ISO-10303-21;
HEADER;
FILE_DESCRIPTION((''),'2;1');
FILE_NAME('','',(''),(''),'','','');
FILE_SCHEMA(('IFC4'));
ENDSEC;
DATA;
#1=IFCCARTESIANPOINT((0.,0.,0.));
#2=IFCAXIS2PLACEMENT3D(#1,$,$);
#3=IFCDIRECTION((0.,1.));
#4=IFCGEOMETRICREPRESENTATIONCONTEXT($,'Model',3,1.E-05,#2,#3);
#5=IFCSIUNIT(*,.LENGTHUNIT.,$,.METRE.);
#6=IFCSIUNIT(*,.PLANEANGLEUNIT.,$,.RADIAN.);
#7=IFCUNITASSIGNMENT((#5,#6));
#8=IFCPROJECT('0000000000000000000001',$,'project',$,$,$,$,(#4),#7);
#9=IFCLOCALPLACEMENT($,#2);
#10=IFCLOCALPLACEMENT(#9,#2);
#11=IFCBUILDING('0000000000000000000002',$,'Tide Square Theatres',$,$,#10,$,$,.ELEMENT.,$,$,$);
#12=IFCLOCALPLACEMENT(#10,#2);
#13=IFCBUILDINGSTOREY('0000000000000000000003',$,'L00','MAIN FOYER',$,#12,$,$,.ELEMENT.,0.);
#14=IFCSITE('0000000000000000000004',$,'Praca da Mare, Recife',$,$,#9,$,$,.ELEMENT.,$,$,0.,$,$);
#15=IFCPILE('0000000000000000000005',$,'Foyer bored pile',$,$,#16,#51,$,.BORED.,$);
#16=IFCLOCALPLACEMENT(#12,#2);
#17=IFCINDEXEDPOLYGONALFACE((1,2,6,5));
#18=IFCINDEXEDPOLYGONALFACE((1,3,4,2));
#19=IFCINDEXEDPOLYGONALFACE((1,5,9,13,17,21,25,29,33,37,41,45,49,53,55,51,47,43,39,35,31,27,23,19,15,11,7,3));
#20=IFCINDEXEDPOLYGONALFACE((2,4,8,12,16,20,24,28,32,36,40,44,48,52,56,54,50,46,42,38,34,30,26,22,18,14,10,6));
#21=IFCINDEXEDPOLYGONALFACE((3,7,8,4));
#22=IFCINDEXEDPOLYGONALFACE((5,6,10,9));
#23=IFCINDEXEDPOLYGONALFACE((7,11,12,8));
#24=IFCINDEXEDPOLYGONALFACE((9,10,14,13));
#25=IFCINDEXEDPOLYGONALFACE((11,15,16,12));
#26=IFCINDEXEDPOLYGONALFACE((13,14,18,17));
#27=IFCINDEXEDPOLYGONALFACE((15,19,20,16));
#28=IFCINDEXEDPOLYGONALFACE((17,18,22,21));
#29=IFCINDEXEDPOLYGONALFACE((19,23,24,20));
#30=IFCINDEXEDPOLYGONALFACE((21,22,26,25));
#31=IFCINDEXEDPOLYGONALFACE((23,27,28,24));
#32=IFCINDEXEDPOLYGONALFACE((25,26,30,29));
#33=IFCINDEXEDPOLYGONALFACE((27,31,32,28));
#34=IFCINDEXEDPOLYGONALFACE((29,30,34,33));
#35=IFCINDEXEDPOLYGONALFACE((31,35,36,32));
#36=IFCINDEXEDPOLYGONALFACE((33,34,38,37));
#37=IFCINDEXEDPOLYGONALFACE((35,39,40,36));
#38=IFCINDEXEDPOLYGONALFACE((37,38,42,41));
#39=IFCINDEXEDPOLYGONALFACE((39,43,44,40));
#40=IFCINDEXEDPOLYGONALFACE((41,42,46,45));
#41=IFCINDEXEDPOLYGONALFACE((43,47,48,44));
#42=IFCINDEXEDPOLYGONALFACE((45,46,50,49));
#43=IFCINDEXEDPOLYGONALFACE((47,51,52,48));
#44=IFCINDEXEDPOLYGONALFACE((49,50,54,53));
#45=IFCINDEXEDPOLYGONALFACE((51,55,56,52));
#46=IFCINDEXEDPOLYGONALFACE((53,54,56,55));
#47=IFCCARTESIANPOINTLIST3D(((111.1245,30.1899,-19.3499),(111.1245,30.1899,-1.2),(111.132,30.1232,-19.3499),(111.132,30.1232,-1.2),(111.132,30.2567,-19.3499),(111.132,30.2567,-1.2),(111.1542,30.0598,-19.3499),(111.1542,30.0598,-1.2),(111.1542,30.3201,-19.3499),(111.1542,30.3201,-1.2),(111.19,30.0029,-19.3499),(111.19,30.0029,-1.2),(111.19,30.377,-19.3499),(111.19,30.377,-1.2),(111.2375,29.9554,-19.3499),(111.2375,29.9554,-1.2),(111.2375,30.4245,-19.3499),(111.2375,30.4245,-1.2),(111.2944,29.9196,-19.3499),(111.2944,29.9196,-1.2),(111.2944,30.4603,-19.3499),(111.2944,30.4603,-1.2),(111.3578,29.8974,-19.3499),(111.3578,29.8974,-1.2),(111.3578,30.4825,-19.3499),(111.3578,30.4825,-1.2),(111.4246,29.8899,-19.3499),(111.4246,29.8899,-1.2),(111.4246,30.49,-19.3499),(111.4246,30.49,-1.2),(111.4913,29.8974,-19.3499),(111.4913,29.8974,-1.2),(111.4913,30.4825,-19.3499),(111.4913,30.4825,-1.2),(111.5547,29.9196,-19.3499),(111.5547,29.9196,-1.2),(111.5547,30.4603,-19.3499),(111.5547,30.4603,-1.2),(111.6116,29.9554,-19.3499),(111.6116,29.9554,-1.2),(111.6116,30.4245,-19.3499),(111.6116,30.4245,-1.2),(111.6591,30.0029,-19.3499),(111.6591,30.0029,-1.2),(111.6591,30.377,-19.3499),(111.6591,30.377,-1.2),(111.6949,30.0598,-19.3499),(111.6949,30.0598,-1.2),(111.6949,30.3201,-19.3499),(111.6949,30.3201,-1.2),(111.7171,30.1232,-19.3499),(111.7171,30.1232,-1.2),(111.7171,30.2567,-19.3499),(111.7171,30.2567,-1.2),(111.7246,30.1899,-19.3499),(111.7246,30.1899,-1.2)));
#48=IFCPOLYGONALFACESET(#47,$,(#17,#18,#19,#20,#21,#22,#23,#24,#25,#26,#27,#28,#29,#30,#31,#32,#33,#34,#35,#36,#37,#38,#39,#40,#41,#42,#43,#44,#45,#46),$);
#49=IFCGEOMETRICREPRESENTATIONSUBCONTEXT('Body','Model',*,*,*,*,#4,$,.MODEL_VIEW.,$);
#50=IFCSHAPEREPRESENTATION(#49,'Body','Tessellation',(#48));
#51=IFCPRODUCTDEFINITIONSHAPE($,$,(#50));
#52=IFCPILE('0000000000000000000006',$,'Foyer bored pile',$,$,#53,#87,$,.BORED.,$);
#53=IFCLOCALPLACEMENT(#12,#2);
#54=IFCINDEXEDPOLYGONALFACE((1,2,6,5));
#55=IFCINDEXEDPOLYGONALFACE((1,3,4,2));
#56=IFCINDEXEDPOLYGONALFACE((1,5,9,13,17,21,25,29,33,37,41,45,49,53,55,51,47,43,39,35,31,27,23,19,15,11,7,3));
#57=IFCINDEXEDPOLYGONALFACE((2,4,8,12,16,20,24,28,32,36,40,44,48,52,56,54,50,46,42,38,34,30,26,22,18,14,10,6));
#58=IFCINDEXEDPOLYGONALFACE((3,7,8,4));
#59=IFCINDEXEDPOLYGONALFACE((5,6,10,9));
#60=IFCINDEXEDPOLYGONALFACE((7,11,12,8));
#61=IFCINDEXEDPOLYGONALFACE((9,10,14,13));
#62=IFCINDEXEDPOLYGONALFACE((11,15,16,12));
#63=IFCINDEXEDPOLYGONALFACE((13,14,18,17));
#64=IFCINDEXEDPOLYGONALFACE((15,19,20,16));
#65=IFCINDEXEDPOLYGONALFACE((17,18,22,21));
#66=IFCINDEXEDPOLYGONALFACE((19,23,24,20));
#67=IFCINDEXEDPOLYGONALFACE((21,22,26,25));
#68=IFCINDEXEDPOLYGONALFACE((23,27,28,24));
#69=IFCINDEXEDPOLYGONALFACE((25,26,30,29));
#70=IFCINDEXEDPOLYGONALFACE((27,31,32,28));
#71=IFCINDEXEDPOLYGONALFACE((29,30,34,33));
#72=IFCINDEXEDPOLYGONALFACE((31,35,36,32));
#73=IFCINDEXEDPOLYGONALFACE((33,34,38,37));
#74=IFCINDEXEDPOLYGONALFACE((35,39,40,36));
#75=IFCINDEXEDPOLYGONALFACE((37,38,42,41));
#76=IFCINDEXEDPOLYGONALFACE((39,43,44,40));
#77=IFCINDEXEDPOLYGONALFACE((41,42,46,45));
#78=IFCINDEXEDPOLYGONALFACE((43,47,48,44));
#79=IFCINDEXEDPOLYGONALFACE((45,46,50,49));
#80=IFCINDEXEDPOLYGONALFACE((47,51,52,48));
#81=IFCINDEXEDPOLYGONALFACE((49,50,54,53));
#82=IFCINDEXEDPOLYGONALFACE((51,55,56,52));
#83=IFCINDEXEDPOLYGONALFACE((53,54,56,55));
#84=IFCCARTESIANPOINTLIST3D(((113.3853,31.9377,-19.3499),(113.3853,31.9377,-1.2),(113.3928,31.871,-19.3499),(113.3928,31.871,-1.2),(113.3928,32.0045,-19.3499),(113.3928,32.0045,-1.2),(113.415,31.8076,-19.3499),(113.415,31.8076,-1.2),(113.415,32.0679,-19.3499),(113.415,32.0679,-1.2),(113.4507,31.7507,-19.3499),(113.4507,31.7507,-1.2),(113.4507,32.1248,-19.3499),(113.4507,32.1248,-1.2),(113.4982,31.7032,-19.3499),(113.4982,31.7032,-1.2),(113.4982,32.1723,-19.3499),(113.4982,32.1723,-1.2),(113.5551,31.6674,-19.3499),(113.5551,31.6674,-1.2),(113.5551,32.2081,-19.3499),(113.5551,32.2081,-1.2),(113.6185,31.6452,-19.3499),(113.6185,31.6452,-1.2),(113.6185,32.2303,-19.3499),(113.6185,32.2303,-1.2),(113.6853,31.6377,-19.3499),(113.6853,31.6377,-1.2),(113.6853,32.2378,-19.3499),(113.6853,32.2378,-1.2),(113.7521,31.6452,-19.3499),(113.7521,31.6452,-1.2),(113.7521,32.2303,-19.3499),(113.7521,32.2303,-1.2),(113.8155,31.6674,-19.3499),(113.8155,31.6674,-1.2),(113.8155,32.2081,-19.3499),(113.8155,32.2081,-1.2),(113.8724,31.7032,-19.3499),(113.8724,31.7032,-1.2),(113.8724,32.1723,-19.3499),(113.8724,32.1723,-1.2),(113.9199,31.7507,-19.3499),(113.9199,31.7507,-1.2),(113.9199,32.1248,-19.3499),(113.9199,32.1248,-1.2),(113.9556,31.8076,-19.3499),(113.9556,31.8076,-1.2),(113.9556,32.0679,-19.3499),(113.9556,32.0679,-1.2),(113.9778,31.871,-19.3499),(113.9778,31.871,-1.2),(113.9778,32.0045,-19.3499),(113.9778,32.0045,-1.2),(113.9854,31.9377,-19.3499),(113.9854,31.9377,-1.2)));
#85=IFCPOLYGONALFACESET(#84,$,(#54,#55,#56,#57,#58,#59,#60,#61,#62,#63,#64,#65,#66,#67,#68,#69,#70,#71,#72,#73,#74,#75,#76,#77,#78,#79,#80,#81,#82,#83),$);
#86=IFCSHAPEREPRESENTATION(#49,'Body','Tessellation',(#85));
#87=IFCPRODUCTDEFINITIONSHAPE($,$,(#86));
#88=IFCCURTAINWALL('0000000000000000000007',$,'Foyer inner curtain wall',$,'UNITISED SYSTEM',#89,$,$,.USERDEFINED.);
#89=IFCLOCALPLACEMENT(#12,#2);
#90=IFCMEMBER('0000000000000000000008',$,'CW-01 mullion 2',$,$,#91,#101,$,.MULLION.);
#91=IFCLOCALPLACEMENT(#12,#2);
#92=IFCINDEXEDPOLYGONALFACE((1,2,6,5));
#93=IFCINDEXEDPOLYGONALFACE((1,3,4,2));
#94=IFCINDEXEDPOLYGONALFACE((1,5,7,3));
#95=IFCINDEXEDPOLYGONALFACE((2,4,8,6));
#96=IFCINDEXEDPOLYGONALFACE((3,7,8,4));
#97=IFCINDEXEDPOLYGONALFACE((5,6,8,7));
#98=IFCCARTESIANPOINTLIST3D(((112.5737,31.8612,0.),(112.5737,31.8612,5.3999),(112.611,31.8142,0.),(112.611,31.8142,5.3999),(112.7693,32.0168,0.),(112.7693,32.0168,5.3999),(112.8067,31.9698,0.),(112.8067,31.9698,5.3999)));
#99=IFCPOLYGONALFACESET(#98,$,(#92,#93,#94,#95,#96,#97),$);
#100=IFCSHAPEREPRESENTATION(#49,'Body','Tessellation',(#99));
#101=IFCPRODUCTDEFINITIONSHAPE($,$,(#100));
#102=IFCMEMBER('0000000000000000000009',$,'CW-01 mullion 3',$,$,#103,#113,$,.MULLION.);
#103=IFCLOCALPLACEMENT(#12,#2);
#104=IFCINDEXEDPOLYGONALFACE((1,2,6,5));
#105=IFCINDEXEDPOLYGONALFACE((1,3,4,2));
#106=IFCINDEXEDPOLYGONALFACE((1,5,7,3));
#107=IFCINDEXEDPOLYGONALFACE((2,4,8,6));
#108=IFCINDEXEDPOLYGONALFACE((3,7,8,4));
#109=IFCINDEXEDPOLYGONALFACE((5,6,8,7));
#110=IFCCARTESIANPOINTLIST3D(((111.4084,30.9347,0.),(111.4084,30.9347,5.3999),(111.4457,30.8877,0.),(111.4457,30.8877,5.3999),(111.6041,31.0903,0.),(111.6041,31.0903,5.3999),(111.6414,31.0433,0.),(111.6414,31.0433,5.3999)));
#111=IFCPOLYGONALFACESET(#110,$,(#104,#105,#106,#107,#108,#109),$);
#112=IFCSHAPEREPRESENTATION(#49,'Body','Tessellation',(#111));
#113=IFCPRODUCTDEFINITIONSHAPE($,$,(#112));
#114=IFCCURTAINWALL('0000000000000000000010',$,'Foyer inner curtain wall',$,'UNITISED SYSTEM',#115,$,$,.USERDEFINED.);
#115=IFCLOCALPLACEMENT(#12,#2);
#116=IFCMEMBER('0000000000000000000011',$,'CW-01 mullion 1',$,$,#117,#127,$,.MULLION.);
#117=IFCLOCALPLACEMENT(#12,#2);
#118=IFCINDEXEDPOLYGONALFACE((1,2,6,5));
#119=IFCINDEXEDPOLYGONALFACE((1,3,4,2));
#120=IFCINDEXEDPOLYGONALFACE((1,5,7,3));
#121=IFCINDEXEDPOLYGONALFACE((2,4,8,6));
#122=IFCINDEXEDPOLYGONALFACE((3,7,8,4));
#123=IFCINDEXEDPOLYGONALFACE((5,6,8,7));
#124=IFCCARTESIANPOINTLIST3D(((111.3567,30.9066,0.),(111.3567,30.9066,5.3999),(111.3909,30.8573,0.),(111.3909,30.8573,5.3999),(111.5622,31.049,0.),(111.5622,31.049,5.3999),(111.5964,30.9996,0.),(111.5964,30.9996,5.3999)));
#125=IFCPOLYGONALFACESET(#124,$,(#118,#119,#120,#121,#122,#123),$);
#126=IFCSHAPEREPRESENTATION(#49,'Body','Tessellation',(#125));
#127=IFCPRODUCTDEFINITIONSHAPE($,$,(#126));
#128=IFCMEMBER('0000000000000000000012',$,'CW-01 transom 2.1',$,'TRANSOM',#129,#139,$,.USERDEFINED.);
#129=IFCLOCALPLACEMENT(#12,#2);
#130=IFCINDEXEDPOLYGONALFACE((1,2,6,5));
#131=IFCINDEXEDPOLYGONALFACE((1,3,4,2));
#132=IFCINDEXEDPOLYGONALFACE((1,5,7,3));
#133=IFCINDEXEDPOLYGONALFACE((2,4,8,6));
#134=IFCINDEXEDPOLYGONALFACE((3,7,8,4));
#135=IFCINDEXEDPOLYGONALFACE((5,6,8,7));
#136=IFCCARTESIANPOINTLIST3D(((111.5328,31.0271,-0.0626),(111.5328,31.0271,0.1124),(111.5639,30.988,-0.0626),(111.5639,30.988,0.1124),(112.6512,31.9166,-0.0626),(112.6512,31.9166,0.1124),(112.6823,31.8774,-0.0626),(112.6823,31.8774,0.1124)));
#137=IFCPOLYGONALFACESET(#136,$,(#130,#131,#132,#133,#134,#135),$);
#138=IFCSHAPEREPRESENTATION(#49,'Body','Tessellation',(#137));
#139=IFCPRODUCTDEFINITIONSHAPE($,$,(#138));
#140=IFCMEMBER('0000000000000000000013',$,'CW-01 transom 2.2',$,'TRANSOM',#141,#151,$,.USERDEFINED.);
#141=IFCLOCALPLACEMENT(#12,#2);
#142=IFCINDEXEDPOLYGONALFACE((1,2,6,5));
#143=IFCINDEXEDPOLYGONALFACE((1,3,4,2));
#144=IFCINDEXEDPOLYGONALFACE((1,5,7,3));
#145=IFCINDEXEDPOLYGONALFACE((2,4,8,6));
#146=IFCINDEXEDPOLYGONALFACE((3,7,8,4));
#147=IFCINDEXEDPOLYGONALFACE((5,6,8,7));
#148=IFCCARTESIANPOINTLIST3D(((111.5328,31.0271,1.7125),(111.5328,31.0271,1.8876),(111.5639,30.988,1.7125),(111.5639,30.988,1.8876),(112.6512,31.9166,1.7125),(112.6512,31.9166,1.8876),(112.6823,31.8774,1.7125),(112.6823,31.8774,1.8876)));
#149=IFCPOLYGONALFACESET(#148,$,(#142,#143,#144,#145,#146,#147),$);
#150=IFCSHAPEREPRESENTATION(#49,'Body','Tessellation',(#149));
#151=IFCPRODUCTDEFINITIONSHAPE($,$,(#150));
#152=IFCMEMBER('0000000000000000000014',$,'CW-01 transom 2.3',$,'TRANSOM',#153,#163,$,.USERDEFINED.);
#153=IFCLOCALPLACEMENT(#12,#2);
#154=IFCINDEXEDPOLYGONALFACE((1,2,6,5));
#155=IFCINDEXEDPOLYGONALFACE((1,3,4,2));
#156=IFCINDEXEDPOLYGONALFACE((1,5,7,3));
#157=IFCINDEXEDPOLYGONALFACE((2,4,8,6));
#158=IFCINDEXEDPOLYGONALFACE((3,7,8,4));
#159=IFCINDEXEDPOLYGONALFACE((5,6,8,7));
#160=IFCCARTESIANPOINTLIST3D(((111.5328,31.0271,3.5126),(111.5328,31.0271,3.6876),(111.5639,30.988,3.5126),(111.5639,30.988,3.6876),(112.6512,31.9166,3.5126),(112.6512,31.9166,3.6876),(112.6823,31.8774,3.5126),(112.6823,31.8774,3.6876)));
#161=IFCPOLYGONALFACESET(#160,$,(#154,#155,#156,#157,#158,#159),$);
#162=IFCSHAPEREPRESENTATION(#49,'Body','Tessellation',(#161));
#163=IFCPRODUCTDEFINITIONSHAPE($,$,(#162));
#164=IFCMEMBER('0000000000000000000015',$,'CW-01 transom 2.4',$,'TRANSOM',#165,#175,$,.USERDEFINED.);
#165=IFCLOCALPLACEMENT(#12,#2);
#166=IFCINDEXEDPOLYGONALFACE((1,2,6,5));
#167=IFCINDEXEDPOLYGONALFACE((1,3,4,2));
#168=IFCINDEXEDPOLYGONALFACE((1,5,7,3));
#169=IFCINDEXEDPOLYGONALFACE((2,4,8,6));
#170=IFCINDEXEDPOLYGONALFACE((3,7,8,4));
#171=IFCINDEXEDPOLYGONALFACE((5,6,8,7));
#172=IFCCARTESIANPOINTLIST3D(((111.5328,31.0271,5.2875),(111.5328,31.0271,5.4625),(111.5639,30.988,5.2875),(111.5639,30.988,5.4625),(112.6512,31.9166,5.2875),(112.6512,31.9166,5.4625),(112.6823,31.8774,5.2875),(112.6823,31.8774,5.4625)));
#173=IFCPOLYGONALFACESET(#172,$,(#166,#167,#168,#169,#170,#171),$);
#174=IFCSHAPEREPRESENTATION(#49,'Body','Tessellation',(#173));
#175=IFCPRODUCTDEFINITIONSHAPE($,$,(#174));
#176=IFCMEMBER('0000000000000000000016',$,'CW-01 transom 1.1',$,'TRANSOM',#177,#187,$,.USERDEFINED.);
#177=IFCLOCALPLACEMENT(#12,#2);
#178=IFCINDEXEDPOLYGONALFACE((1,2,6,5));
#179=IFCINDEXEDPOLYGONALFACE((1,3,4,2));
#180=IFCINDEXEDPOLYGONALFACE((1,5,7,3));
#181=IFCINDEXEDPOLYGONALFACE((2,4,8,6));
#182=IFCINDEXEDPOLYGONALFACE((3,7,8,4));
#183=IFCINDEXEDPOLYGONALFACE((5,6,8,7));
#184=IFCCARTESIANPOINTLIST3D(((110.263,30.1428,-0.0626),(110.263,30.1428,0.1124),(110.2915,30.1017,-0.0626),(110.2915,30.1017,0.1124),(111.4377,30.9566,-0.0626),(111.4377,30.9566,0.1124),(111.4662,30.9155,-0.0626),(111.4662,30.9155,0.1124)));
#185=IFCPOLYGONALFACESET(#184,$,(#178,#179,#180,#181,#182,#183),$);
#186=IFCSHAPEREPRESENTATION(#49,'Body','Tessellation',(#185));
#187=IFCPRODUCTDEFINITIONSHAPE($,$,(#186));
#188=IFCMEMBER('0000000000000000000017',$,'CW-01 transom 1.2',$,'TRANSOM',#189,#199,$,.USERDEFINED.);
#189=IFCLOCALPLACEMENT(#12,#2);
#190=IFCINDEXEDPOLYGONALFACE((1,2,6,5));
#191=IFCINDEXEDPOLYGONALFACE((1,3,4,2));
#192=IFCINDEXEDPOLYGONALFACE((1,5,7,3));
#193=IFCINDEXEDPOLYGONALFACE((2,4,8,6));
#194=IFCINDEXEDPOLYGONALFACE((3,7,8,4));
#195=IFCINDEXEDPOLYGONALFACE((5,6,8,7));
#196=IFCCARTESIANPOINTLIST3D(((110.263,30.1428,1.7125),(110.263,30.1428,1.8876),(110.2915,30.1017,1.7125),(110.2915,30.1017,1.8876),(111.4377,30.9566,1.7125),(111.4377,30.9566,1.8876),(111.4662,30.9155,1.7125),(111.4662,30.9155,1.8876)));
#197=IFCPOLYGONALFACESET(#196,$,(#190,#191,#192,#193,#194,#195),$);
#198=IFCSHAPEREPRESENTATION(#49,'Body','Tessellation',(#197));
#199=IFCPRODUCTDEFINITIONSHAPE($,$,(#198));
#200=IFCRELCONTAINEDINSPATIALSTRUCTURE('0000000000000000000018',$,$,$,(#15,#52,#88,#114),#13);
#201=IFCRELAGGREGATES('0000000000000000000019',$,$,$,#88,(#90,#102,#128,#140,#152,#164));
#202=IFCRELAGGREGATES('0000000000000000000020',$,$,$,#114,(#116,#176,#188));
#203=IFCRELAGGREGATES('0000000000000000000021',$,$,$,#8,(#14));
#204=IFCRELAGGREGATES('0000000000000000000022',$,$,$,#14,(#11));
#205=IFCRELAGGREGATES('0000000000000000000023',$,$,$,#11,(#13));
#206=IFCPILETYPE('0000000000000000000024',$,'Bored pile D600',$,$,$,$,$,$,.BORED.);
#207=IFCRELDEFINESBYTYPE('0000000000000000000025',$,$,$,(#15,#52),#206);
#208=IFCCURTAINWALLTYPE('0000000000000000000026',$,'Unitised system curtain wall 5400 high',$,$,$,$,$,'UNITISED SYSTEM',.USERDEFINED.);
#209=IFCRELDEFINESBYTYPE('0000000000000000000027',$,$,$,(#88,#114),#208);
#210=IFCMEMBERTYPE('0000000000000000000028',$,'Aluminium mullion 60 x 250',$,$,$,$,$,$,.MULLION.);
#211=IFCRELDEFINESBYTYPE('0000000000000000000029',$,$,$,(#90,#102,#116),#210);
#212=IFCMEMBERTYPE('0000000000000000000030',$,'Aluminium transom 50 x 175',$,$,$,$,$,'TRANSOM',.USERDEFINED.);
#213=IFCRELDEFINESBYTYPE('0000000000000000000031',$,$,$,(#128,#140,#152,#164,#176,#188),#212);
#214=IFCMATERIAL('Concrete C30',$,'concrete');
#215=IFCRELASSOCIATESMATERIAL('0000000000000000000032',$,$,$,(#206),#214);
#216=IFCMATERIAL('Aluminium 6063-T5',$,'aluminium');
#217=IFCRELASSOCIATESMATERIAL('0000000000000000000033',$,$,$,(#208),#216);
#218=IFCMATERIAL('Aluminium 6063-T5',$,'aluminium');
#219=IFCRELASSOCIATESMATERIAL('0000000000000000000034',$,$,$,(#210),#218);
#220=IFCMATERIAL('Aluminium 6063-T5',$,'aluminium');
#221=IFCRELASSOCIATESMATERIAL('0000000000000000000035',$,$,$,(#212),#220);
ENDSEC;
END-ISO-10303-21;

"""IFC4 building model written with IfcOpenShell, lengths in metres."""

from ifc_helpers import new_model, si_unit, direction, frame, origin, origin_2d, place, context, subcontext, project, spatial, rectangle, circle, extrude, material, material_profile, profile_set, type_object, element, aggregate, save


model = new_model("IFC4")

# Units and contexts
model_context = context("Model", 3, precision=1e-05, world=origin(), true_north=direction((0.0, 1.0)))
body_context = subcontext(model_context, "Body", "Model", "MODEL_VIEW")
ifc_project = project(units=[si_unit("LENGTHUNIT", "METRE"), si_unit("PLANEANGLEUNIT", "RADIAN")], contexts=[model_context])

# Site, building, storey
site_placement = place(None, origin())
site = spatial("IfcSite", under=ifc_project, at=site_placement, Name="Praca da Mare, Recife", CompositionType="ELEMENT", RefElevation=0.0)
building_placement = place(site_placement, origin())
building = spatial("IfcBuilding", under=site, at=building_placement, Name="Tide Square Theatres", CompositionType="ELEMENT")
storey_placement = place(building_placement, origin())
storey = spatial("IfcBuildingStorey", under=building, at=storey_placement, Name="L00", Description="MAIN FOYER", CompositionType="ELEMENT", Elevation=0.0)

# Piles
ifc_material_1 = material(Name="Concrete C30", Category="concrete")
ifc_material_profile_1 = material_profile(ifc_material_1, circle(Radius=0.3, at=origin_2d()))
ifc_profile_set_1 = profile_set([ifc_material_profile_1], Name="Concrete C30")
pile_type = type_object("IfcPileType", Name="Bored pile D600", PredefinedType="BORED", material=ifc_profile_set_1)
for number, where, z_axis, x_axis, name in (
    (1, (111.4246, 30.1899, -1.2), (0.0, 0.0, -1.0), (1.0, 0.0, 0.0), "Foyer bored pile"),
    (2, (113.6853, 31.9377, -1.2), (0.0, 0.0, -1.0), (1.0, 0.0, 0.0), "Foyer bored pile"),
):
    element("IfcPile", number, at=place(storey_placement, frame(where, z_axis=z_axis, x_axis=x_axis)), inside=storey, type_object=pile_type, Name=name, PredefinedType="BORED", context=body_context, shape_type="SweptSolid", body=[
        extrude(circle(Radius=0.3, at=origin_2d()), origin(), (0.0, 0.0, 1.0), 18.1499),
    ])

# Curtain wall, members
ifc_material_2 = material(Name="Aluminium 6063-T5", Category="aluminium")
curtain_wall_type = type_object("IfcCurtainWallType", Name="Unitised system curtain wall 5400 high", ElementType="UNITISED SYSTEM", PredefinedType="USERDEFINED", material=ifc_material_2)
curtain_wall_1_placement = place(storey_placement, origin())
curtain_wall_1 = element("IfcCurtainWall", 3, at=curtain_wall_1_placement, inside=storey, type_object=curtain_wall_type, Name="Foyer inner curtain wall", ObjectType="UNITISED SYSTEM", PredefinedType="USERDEFINED")
ifc_material_3 = material(Name="Aluminium 6063-T5", Category="aluminium")
ifc_material_profile_2 = material_profile(ifc_material_3, rectangle(XDim=0.0601, YDim=0.25, at=origin_2d()))
ifc_profile_set_2 = profile_set([ifc_material_profile_2], Name="Aluminium 6063-T5")
member_type_1 = type_object("IfcMemberType", Name="Aluminium mullion 60 x 250", PredefinedType="MULLION", material=ifc_profile_set_2)
member_1_placement = place(storey_placement, frame((112.6902, 31.9155, 0.0), z_axis=(0.0, 0.0, 1.0), x_axis=(0.62234, -0.782747, 0.0)))
member_1 = element("IfcMember", 4, at=member_1_placement, type_object=member_type_1, Name="CW-01 mullion 2", PredefinedType="MULLION", context=body_context, shape_type="SweptSolid", body=[
    extrude(rectangle(XDim=0.0601, YDim=0.25, at=origin_2d()), origin(), (0.0, 0.0, 1.0), 5.3999),
])
member_2_placement = place(storey_placement, frame((111.5249, 30.989, 0.0), z_axis=(0.0, 0.0, 1.0), x_axis=(0.62234, -0.782747, 0.0)))
member_2 = element("IfcMember", 5, at=member_2_placement, type_object=member_type_1, Name="CW-01 mullion 3", PredefinedType="MULLION", context=body_context, shape_type="SweptSolid", body=[
    extrude(rectangle(XDim=0.0601, YDim=0.25, at=origin_2d()), origin(), (0.0, 0.0, 1.0), 5.3999),
])

# Curtain wall, member
curtain_wall_2_placement = place(storey_placement, origin())
curtain_wall_2 = element("IfcCurtainWall", 6, at=curtain_wall_2_placement, inside=storey, type_object=curtain_wall_type, Name="Foyer inner curtain wall", ObjectType="UNITISED SYSTEM", PredefinedType="USERDEFINED")
member_3_placement = place(storey_placement, frame((111.4766, 30.9531, 0.0), z_axis=(0.0, 0.0, 1.0), x_axis=(0.56947, -0.822012, 0.0)))
member_3 = element("IfcMember", 7, at=member_3_placement, type_object=member_type_1, Name="CW-01 mullion 1", PredefinedType="MULLION", context=body_context, shape_type="SweptSolid", body=[
    extrude(rectangle(XDim=0.0601, YDim=0.25, at=origin_2d()), origin(), (0.0, 0.0, 1.0), 5.3999),
])

# Members
ifc_material_4 = material(Name="Aluminium 6063-T5", Category="aluminium")
ifc_material_profile_3 = material_profile(ifc_material_4, rectangle(XDim=0.05, YDim=0.175, at=origin_2d()))
ifc_profile_set_3 = profile_set([ifc_material_profile_3], Name="Aluminium 6063-T5")
member_type_2 = type_object("IfcMemberType", Name="Aluminium transom 50 x 175", ElementType="TRANSOM", PredefinedType="USERDEFINED", material=ifc_profile_set_3)
member_4_placement = place(storey_placement, frame((112.6667, 31.897, 0.0249), z_axis=(-0.782682, -0.622421, 0.0), x_axis=(0.622421, -0.782682, 0.0)))
member_4 = element("IfcMember", 8, at=member_4_placement, type_object=member_type_2, Name="CW-01 transom 2.1", ObjectType="TRANSOM", PredefinedType="USERDEFINED", context=body_context, shape_type="SweptSolid", body=[
    extrude(rectangle(XDim=0.05, YDim=0.175, at=origin_2d()), origin(), (0.0, 0.0, 1.0), 1.429),
])
member_5_placement = place(storey_placement, frame((112.6667, 31.897, 1.8), z_axis=(-0.782682, -0.622421, 0.0), x_axis=(0.622421, -0.782682, 0.0)))
member_5 = element("IfcMember", 9, at=member_5_placement, type_object=member_type_2, Name="CW-01 transom 2.2", ObjectType="TRANSOM", PredefinedType="USERDEFINED", context=body_context, shape_type="SweptSolid", body=[
    extrude(rectangle(XDim=0.05, YDim=0.175, at=origin_2d()), origin(), (0.0, 0.0, 1.0), 1.429),
])
member_6_placement = place(storey_placement, frame((112.6667, 31.897, 3.6001), z_axis=(-0.782682, -0.622421, 0.0), x_axis=(0.622421, -0.782682, 0.0)))
member_6 = element("IfcMember", 10, at=member_6_placement, type_object=member_type_2, Name="CW-01 transom 2.3", ObjectType="TRANSOM", PredefinedType="USERDEFINED", context=body_context, shape_type="SweptSolid", body=[
    extrude(rectangle(XDim=0.05, YDim=0.175, at=origin_2d()), origin(), (0.0, 0.0, 1.0), 1.429),
])
member_7_placement = place(storey_placement, frame((112.6667, 31.897, 5.375), z_axis=(-0.782682, -0.622421, 0.0), x_axis=(0.622421, -0.782682, 0.0)))
member_7 = element("IfcMember", 11, at=member_7_placement, type_object=member_type_2, Name="CW-01 transom 2.4", ObjectType="TRANSOM", PredefinedType="USERDEFINED", context=body_context, shape_type="SweptSolid", body=[
    extrude(rectangle(XDim=0.05, YDim=0.175, at=origin_2d()), origin(), (0.0, 0.0, 1.0), 1.429),
])
member_8_placement = place(storey_placement, frame((111.4519, 30.936, 0.0249), z_axis=(-0.822008, -0.569476, 0.0), x_axis=(0.569476, -0.822008, 0.0)))
member_8 = element("IfcMember", 12, at=member_8_placement, type_object=member_type_2, Name="CW-01 transom 1.1", ObjectType="TRANSOM", PredefinedType="USERDEFINED", context=body_context, shape_type="SweptSolid", body=[
    extrude(rectangle(XDim=0.05, YDim=0.175, at=origin_2d()), origin(), (0.0, 0.0, 1.0), 1.429),
])
member_9_placement = place(storey_placement, frame((111.4519, 30.936, 1.8), z_axis=(-0.822008, -0.569476, 0.0), x_axis=(0.569476, -0.822008, 0.0)))
member_9 = element("IfcMember", 13, at=member_9_placement, type_object=member_type_2, Name="CW-01 transom 1.2", ObjectType="TRANSOM", PredefinedType="USERDEFINED", context=body_context, shape_type="SweptSolid", body=[
    extrude(rectangle(XDim=0.05, YDim=0.175, at=origin_2d()), origin(), (0.0, 0.0, 1.0), 1.429),
])

aggregate(curtain_wall_1, [member_1, member_2, member_4, member_5, member_6, member_7])
aggregate(curtain_wall_2, [member_3, member_8, member_9])

save(model, "model.ifc")
